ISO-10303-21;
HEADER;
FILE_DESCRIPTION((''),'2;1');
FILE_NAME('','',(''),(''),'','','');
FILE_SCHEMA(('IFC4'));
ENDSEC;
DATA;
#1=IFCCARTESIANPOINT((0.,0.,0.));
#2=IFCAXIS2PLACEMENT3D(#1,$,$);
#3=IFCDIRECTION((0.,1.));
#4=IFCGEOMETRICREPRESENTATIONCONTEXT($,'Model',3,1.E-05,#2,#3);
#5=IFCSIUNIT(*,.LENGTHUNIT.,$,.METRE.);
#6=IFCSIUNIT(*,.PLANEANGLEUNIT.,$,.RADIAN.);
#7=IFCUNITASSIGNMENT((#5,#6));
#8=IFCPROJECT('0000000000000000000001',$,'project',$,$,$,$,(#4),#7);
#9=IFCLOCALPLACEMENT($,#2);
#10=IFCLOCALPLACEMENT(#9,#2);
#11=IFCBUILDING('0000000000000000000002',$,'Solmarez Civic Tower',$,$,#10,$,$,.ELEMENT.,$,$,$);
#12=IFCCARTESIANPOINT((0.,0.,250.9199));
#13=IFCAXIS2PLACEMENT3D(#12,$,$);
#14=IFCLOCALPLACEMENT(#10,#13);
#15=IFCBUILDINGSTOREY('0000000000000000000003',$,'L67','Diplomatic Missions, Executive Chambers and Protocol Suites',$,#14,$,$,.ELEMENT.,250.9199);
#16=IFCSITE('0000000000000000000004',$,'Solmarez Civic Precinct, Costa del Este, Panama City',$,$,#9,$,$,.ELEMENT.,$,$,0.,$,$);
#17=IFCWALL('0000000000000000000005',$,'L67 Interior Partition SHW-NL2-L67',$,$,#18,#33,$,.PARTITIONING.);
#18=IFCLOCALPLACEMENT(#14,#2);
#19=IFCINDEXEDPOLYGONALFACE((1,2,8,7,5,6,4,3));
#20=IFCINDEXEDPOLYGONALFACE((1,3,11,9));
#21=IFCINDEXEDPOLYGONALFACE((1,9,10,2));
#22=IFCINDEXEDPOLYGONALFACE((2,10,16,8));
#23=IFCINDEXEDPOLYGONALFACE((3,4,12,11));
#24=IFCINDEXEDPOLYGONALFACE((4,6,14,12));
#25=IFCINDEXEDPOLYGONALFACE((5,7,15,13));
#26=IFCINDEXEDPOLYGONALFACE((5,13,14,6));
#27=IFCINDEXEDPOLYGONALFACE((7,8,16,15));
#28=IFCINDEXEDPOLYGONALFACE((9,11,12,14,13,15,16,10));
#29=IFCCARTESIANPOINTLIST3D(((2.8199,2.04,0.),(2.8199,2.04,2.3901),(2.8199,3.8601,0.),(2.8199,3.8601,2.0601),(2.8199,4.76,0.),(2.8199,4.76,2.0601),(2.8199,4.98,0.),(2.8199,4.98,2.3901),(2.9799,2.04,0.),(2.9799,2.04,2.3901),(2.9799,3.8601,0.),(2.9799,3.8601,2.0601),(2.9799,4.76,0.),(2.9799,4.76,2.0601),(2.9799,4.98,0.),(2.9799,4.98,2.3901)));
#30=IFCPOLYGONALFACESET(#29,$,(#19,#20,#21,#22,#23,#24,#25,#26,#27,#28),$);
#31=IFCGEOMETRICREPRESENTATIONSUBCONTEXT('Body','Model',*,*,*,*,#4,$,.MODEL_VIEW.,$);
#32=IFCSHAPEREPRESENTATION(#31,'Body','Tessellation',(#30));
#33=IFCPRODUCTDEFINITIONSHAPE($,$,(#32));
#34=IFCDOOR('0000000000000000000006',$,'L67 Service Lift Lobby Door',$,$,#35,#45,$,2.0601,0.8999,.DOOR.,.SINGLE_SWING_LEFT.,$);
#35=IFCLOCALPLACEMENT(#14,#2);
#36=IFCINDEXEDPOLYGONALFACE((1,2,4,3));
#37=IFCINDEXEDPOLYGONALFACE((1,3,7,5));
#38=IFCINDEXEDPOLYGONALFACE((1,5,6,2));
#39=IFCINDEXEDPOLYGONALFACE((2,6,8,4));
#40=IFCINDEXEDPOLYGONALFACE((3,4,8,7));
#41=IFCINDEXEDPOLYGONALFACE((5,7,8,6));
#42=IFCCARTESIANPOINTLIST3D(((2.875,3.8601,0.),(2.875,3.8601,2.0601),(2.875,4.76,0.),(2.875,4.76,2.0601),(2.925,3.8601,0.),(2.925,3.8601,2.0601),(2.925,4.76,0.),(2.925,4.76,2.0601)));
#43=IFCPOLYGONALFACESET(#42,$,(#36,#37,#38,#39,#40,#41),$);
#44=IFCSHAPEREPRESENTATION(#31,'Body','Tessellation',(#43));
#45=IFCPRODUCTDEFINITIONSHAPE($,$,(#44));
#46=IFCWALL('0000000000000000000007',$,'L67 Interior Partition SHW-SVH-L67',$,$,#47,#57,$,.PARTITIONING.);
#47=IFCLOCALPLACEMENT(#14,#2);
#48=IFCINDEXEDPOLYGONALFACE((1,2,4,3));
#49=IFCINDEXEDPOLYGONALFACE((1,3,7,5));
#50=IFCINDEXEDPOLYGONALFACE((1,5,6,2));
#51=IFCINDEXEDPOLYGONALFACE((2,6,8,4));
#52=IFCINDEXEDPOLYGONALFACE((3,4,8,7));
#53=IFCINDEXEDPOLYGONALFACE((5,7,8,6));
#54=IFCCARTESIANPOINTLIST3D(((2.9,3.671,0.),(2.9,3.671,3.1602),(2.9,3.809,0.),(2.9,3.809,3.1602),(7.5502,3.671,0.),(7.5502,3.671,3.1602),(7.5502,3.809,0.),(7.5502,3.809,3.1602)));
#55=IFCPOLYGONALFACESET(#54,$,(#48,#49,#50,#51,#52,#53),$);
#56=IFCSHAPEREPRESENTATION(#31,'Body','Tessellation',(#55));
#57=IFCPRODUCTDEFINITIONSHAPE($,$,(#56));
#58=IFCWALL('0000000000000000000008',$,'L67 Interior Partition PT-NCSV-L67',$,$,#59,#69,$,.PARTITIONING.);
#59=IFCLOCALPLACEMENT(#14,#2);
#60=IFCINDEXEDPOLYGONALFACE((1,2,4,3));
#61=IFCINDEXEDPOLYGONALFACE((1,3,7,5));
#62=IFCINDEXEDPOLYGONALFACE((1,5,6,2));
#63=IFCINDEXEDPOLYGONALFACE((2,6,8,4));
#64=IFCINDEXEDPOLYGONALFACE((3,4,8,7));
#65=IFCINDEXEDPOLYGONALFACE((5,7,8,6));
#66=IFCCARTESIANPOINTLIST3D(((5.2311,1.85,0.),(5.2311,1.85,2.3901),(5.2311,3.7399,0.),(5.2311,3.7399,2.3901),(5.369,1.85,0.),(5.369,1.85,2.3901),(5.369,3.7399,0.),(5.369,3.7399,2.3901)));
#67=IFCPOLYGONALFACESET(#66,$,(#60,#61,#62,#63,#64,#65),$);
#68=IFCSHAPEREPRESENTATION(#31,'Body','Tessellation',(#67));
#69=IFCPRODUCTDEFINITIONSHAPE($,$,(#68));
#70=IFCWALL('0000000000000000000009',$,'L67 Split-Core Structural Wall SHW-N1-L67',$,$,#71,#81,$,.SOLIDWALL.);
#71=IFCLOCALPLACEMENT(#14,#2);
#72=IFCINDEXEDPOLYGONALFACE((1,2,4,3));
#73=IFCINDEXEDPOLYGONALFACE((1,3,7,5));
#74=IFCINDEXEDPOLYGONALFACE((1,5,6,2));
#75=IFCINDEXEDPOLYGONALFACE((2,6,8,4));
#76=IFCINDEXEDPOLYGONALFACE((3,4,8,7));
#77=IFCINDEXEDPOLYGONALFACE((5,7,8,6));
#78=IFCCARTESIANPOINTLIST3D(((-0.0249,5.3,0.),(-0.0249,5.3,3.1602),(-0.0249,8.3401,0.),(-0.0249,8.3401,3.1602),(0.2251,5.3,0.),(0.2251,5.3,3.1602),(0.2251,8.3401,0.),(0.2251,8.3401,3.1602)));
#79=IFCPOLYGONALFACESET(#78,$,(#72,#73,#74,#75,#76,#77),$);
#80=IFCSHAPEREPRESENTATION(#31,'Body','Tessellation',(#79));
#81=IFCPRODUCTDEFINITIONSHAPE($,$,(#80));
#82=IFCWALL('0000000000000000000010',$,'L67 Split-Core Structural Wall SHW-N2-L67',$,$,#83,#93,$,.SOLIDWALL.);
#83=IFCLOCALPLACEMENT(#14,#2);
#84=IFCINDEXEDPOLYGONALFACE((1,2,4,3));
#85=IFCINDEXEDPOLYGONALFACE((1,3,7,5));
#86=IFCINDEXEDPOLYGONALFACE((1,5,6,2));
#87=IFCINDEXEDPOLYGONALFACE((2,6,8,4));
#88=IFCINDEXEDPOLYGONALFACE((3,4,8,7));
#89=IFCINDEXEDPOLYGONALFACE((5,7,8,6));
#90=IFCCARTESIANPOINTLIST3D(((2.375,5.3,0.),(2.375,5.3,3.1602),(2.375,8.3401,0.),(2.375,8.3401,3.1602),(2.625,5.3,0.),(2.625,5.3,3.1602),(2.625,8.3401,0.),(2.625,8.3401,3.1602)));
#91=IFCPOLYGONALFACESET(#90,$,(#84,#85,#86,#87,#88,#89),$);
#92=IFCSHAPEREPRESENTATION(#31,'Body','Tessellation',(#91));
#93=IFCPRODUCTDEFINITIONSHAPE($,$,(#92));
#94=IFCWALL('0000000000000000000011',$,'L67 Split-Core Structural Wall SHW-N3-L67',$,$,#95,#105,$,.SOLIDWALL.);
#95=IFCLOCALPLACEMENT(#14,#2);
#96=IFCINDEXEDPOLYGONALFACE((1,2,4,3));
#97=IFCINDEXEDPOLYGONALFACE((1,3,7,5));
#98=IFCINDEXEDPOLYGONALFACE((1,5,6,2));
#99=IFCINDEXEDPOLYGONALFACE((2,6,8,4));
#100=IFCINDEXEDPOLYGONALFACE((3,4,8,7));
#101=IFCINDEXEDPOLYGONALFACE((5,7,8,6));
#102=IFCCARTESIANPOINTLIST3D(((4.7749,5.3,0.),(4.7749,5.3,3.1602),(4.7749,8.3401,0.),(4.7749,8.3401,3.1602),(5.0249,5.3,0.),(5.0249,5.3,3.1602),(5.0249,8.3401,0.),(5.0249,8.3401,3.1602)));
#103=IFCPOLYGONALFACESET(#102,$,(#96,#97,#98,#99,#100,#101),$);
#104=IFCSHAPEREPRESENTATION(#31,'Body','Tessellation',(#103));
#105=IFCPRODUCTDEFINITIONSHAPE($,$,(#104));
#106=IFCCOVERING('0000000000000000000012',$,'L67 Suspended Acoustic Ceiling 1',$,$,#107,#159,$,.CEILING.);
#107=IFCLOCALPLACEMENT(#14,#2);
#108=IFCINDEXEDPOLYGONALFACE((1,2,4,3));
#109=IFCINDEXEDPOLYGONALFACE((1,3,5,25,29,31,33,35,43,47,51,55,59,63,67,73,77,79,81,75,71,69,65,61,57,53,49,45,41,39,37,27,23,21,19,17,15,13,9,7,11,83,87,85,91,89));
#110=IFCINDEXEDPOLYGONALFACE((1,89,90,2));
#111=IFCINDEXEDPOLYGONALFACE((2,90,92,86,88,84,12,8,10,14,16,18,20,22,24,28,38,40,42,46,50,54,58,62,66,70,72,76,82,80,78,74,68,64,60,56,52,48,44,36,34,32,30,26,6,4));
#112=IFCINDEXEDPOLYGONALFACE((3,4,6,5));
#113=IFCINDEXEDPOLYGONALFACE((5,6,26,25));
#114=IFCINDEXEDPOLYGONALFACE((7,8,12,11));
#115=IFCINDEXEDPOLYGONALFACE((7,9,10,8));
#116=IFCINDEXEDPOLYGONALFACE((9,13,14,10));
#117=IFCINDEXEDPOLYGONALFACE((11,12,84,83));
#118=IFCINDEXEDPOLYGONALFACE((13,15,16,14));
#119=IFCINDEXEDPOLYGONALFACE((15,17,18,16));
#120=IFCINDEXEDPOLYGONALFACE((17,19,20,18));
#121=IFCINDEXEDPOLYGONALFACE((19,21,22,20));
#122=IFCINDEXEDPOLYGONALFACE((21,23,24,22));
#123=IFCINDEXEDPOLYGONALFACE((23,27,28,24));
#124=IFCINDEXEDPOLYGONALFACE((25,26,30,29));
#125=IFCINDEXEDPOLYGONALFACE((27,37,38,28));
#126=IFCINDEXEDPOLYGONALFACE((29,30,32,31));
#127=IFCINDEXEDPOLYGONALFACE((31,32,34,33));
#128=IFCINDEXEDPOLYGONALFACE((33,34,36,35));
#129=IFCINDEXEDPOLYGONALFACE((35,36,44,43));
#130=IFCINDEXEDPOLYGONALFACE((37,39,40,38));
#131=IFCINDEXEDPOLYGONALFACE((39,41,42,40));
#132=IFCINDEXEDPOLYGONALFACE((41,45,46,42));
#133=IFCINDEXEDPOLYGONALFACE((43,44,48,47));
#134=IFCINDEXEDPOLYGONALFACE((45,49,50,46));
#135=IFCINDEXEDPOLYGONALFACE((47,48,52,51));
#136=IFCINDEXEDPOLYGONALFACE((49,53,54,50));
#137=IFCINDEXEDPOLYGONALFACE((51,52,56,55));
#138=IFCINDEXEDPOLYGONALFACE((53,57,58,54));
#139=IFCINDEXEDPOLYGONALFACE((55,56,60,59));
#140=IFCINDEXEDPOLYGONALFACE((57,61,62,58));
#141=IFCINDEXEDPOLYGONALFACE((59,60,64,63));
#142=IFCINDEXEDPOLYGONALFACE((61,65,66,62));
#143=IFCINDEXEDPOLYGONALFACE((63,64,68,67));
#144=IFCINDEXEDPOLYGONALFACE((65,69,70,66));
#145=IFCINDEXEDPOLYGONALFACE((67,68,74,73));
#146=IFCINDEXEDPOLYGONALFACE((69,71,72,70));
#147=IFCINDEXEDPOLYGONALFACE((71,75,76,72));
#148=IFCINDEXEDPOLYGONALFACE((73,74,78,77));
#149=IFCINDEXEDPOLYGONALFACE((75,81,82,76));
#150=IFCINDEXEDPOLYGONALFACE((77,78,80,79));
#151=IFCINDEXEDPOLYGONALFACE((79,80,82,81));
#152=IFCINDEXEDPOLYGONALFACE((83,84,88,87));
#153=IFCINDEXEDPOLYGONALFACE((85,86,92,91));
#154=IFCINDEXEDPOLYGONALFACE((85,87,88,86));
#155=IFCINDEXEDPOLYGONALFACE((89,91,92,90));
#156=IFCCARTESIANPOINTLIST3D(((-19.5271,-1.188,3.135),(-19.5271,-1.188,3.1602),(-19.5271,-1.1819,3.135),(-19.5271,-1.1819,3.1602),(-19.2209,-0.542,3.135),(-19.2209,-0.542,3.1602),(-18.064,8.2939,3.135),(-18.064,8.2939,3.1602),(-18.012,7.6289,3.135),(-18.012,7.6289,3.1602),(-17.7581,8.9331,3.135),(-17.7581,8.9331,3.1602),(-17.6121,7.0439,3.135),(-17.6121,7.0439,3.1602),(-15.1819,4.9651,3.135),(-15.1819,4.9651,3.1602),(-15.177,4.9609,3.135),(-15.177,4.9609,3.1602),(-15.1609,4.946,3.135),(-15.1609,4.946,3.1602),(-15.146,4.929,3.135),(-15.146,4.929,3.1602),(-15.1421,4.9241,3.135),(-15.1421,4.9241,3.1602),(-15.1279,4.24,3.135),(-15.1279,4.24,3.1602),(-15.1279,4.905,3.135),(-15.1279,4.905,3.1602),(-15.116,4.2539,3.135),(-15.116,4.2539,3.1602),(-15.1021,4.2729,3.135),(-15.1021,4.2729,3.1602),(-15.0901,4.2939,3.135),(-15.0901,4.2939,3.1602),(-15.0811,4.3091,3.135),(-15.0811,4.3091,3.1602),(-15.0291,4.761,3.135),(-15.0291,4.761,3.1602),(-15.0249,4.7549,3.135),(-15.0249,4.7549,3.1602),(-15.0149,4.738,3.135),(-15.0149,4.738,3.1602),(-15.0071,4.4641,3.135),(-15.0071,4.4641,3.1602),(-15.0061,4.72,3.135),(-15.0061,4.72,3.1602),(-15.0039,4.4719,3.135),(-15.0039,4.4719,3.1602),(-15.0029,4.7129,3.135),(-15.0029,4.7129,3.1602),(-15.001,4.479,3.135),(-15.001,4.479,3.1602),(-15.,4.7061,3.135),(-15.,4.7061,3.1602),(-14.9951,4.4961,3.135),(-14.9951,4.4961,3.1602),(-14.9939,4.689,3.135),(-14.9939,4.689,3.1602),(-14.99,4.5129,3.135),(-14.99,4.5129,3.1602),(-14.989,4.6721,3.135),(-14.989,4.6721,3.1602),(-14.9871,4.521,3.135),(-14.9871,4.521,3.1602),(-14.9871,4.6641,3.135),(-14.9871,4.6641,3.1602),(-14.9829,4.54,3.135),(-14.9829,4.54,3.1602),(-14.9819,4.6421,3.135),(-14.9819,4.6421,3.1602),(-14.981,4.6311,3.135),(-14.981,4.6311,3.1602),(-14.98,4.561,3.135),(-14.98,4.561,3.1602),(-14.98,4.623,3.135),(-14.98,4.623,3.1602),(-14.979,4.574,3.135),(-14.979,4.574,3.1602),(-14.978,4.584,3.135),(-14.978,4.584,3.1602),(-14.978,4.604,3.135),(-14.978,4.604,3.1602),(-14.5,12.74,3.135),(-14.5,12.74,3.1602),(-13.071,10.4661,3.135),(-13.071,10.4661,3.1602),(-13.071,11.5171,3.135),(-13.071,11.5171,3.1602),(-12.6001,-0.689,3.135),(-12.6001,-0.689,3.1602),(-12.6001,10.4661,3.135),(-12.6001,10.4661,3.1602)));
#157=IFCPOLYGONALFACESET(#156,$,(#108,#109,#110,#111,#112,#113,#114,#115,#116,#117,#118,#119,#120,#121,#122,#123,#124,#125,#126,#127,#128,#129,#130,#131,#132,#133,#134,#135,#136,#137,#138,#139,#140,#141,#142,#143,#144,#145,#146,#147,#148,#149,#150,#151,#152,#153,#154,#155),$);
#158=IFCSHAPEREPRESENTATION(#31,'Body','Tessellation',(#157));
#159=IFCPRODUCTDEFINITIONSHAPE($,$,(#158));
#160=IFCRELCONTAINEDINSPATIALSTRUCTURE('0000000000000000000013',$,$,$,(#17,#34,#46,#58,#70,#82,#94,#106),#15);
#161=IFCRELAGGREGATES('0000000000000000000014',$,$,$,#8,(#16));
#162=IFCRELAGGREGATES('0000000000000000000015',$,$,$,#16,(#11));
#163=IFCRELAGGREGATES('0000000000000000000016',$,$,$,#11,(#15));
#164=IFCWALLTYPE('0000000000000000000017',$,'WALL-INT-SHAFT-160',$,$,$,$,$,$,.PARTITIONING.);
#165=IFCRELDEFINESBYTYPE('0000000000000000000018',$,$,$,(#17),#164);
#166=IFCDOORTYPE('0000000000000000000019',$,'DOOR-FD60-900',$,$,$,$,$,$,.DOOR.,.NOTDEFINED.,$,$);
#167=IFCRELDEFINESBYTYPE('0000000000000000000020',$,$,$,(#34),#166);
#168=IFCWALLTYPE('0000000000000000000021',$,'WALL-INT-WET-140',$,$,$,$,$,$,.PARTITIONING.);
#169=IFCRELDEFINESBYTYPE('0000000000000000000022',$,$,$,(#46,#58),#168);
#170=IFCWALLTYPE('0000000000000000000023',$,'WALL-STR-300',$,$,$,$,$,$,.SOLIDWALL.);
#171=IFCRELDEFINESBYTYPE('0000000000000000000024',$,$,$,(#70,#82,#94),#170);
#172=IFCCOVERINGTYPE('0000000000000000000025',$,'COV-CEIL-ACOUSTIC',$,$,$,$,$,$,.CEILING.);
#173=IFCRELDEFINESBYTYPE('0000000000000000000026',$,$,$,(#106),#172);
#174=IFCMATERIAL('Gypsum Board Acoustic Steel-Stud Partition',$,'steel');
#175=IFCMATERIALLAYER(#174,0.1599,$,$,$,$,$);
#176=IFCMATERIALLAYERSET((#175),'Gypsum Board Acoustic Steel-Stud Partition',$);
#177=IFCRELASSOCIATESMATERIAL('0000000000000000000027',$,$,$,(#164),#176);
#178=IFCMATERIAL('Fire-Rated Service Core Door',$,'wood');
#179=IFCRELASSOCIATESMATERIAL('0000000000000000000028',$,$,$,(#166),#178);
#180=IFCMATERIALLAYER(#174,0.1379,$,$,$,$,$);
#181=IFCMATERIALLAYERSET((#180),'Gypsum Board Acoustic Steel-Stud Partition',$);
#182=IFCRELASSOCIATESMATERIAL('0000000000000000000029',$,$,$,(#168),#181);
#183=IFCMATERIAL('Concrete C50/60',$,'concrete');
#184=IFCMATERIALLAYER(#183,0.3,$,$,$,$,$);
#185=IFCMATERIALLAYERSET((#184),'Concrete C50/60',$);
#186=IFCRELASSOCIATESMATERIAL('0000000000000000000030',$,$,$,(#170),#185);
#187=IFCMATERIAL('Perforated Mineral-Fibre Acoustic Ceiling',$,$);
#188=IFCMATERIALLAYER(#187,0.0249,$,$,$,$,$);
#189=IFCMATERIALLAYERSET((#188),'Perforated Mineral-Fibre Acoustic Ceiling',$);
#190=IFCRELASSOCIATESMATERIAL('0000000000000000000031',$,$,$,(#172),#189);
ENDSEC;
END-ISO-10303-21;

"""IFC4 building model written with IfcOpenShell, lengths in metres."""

from ifc_helpers import new_model, si_unit, direction, frame, frame_2d, origin, place, context, subcontext, project, spatial, polyline, rectangle, outline, extrude, material, layer, layer_set, type_object, element, fill, save


model = new_model("IFC4")

# Units and contexts
model_context = context("Model", 3, precision=1e-05, world=origin(), true_north=direction((0.0, 1.0)))
body_context = subcontext(model_context, "Body", "Model", "MODEL_VIEW")
ifc_project = project(units=[si_unit("LENGTHUNIT", "METRE"), si_unit("PLANEANGLEUNIT", "RADIAN")], contexts=[model_context])

# Site, building, storey
site_placement = place(None, origin())
site = spatial("IfcSite", under=ifc_project, at=site_placement, Name="Solmarez Civic Precinct, Costa del Este, Panama City", CompositionType="ELEMENT", RefElevation=0.0)
building_placement = place(site_placement, origin())
building = spatial("IfcBuilding", under=site, at=building_placement, Name="Solmarez Civic Tower", CompositionType="ELEMENT")
storey_placement = place(building_placement, frame((0.0, 0.0, 250.9199)))
storey = spatial("IfcBuildingStorey", under=building, at=storey_placement, Name="L67", Description="Diplomatic Missions, Executive Chambers and Protocol Suites", CompositionType="ELEMENT", Elevation=250.9199)

# Wall, opening, door
ifc_material_1 = material(Name="Gypsum Board Acoustic Steel-Stud Partition", Category="steel")
ifc_layer_1 = layer(ifc_material_1, 0.1599)
ifc_layer_set_1 = layer_set([ifc_layer_1], Name="Gypsum Board Acoustic Steel-Stud Partition")
wall_type_1 = type_object("IfcWallType", Name="WALL-INT-SHAFT-160", PredefinedType="PARTITIONING", material=ifc_layer_set_1)
wall_1_placement = place(storey_placement, frame((2.8999, 2.04, 0.0), z_axis=(0.0, 0.0, 1.0), x_axis=(0.0, 1.0, 0.0)))
wall_1 = element("IfcWall", 1, at=wall_1_placement, inside=storey, type_object=wall_type_1, Name="L67 Interior Partition SHW-NL2-L67", PredefinedType="PARTITIONING", context=body_context, shape_type="SweptSolid", body=[
    extrude(rectangle(XDim=2.9399, YDim=0.1599, at=frame_2d((1.47, 0.0))), origin(), (0.0, 0.0, 1.0), 2.3901),
])
opening_placement = place(wall_1_placement, frame((1.8201, 0.0, 0.0)))
opening = element("IfcOpeningElement", 2, at=opening_placement, cuts=wall_1, PredefinedType="OPENING", context=body_context, shape_type="SweptSolid", body=[
    extrude(rectangle(XDim=0.8999, YDim=2.0601, at=frame_2d((0.45, 1.03))), frame((0.0, 0.0898, 0.0), z_axis=(0.0, -1.0, 0.0), x_axis=(1.0, 0.0, 0.0)), (0.0, 0.0, 1.0), 0.1799),
])
ifc_material_2 = material(Name="Fire-Rated Service Core Door", Category="wood")
door_type = type_object("IfcDoorType", Name="DOOR-FD60-900", OperationType="NOTDEFINED", PredefinedType="DOOR", material=ifc_material_2)
door_placement = place(opening_placement, origin())
door = element("IfcDoor", 3, at=door_placement, inside=storey, type_object=door_type, Name="L67 Service Lift Lobby Door", OperationType="SINGLE_SWING_LEFT", OverallHeight=2.0601, OverallWidth=0.8999, PredefinedType="DOOR", context=body_context, shape_type="SweptSolid", body=[
    extrude(rectangle(XDim=0.8999, YDim=2.0601, at=frame_2d((0.45, 1.03))), frame((0.0, 0.0249, 0.0), z_axis=(0.0, -1.0, 0.0), x_axis=(1.0, 0.0, 0.0)), (0.0, 0.0, 1.0), 0.05),
])
fill(opening, door)

# Walls
ifc_layer_2 = layer(ifc_material_1, 0.1379)
ifc_layer_set_2 = layer_set([ifc_layer_2], Name="Gypsum Board Acoustic Steel-Stud Partition")
wall_type_2 = type_object("IfcWallType", Name="WALL-INT-WET-140", PredefinedType="PARTITIONING", material=ifc_layer_set_2)
wall_2_placement = place(storey_placement, frame((2.8999, 3.74, 0.0), z_axis=(0.0, 0.0, 1.0), x_axis=(1.0, 0.0, 0.0)))
element("IfcWall", 4, at=wall_2_placement, inside=storey, type_object=wall_type_2, Name="L67 Interior Partition SHW-SVH-L67", PredefinedType="PARTITIONING", context=body_context, shape_type="SweptSolid", body=[
    extrude(rectangle(XDim=4.6501, YDim=0.1379, at=frame_2d((2.3252, 0.0))), origin(), (0.0, 0.0, 1.0), 3.1602),
])
wall_3_placement = place(storey_placement, frame((5.3, 1.8501, 0.0), z_axis=(0.0, 0.0, 1.0), x_axis=(0.0, 1.0, 0.0)))
element("IfcWall", 5, at=wall_3_placement, inside=storey, type_object=wall_type_2, Name="L67 Interior Partition PT-NCSV-L67", PredefinedType="PARTITIONING", context=body_context, shape_type="SweptSolid", body=[
    extrude(rectangle(XDim=1.8899, YDim=0.1379, at=frame_2d((0.9448, 0.0))), origin(), (0.0, 0.0, 1.0), 2.3901),
])
ifc_material_3 = material(Name="Concrete C50/60", Category="concrete")
ifc_layer_3 = layer(ifc_material_3, 0.3)
ifc_layer_set_3 = layer_set([ifc_layer_3], Name="Concrete C50/60")
wall_type_3 = type_object("IfcWallType", Name="WALL-STR-300", PredefinedType="SOLIDWALL", material=ifc_layer_set_3)
for number, where, z_axis, x_axis, name in (
    (6, (0.1001, 5.3, 0.0), (0.0, 0.0, 1.0), (0.0, 1.0, 0.0), "L67 Split-Core Structural Wall SHW-N1-L67"),
    (7, (2.5, 5.3, 0.0), (0.0, 0.0, 1.0), (0.0, 1.0, 0.0), "L67 Split-Core Structural Wall SHW-N2-L67"),
    (8, (4.8999, 5.3, 0.0), (0.0, 0.0, 1.0), (0.0, 1.0, 0.0), "L67 Split-Core Structural Wall SHW-N3-L67"),
):
    element("IfcWall", number, at=place(storey_placement, frame(where, z_axis=z_axis, x_axis=x_axis)), inside=storey, type_object=wall_type_3, Name=name, PredefinedType="SOLIDWALL", context=body_context, shape_type="SweptSolid", body=[
        extrude(rectangle(XDim=3.04, YDim=0.25, at=frame_2d((1.52, 0.0))), origin(), (0.0, 0.0, 1.0), 3.1602),
    ])

# Covering
ifc_material_4 = material(Name="Perforated Mineral-Fibre Acoustic Ceiling")
ifc_layer_4 = layer(ifc_material_4, 0.0249)
ifc_layer_set_4 = layer_set([ifc_layer_4], Name="Perforated Mineral-Fibre Acoustic Ceiling")
covering_type_1 = type_object("IfcCoveringType", Name="COV-CEIL-ACOUSTIC", PredefinedType="CEILING", material=ifc_layer_set_4)
covering_1_placement = place(storey_placement, frame((0.0, 0.0, 3.135)))
element("IfcCovering", 9, at=covering_1_placement, inside=storey, type_object=covering_type_1, Name="L67 Suspended Acoustic Ceiling 1", PredefinedType="CEILING", context=body_context, shape_type="SweptSolid", body=[
    extrude(outline(polyline([(-15.1279, 4.24), (-19.2209, -0.542), (-19.5271, -1.1819), (-19.5271, -1.188), (-12.6001, -0.689), (-12.6001, 10.4661), (-13.071, 10.4661), (-13.071, 11.5171), (-14.5, 12.74), (-17.7581, 8.9331), (-18.064, 8.2939), (-18.012, 7.6289), (-17.6121, 7.0439), (-15.1819, 4.9651), (-15.177, 4.9609), (-15.1609, 4.946), (-15.146, 4.929), (-15.1421, 4.9241), (-15.1279, 4.905), (-15.0291, 4.761), (-15.0249, 4.7549), (-15.0149, 4.738), (-15.0061, 4.72), (-15.0029, 4.7129), (-15.0, 4.7061), (-14.9939, 4.689), (-14.989, 4.6721), (-14.9871, 4.6641), (-14.9819, 4.6421), (-14.981, 4.6311), (-14.98, 4.623), (-14.978, 4.604), (-14.978, 4.584), (-14.979, 4.574), (-14.98, 4.561), (-14.9829, 4.54), (-14.9871, 4.521), (-14.99, 4.5129), (-14.9951, 4.4961), (-15.001, 4.479), (-15.0039, 4.4719), (-15.0071, 4.4641), (-15.0811, 4.3091), (-15.0901, 4.2939), (-15.1021, 4.2729), (-15.116, 4.2539), (-15.1279, 4.24)])), origin(), (0.0, 0.0, 1.0), 0.0251),
])

save(model, "model.ifc")
